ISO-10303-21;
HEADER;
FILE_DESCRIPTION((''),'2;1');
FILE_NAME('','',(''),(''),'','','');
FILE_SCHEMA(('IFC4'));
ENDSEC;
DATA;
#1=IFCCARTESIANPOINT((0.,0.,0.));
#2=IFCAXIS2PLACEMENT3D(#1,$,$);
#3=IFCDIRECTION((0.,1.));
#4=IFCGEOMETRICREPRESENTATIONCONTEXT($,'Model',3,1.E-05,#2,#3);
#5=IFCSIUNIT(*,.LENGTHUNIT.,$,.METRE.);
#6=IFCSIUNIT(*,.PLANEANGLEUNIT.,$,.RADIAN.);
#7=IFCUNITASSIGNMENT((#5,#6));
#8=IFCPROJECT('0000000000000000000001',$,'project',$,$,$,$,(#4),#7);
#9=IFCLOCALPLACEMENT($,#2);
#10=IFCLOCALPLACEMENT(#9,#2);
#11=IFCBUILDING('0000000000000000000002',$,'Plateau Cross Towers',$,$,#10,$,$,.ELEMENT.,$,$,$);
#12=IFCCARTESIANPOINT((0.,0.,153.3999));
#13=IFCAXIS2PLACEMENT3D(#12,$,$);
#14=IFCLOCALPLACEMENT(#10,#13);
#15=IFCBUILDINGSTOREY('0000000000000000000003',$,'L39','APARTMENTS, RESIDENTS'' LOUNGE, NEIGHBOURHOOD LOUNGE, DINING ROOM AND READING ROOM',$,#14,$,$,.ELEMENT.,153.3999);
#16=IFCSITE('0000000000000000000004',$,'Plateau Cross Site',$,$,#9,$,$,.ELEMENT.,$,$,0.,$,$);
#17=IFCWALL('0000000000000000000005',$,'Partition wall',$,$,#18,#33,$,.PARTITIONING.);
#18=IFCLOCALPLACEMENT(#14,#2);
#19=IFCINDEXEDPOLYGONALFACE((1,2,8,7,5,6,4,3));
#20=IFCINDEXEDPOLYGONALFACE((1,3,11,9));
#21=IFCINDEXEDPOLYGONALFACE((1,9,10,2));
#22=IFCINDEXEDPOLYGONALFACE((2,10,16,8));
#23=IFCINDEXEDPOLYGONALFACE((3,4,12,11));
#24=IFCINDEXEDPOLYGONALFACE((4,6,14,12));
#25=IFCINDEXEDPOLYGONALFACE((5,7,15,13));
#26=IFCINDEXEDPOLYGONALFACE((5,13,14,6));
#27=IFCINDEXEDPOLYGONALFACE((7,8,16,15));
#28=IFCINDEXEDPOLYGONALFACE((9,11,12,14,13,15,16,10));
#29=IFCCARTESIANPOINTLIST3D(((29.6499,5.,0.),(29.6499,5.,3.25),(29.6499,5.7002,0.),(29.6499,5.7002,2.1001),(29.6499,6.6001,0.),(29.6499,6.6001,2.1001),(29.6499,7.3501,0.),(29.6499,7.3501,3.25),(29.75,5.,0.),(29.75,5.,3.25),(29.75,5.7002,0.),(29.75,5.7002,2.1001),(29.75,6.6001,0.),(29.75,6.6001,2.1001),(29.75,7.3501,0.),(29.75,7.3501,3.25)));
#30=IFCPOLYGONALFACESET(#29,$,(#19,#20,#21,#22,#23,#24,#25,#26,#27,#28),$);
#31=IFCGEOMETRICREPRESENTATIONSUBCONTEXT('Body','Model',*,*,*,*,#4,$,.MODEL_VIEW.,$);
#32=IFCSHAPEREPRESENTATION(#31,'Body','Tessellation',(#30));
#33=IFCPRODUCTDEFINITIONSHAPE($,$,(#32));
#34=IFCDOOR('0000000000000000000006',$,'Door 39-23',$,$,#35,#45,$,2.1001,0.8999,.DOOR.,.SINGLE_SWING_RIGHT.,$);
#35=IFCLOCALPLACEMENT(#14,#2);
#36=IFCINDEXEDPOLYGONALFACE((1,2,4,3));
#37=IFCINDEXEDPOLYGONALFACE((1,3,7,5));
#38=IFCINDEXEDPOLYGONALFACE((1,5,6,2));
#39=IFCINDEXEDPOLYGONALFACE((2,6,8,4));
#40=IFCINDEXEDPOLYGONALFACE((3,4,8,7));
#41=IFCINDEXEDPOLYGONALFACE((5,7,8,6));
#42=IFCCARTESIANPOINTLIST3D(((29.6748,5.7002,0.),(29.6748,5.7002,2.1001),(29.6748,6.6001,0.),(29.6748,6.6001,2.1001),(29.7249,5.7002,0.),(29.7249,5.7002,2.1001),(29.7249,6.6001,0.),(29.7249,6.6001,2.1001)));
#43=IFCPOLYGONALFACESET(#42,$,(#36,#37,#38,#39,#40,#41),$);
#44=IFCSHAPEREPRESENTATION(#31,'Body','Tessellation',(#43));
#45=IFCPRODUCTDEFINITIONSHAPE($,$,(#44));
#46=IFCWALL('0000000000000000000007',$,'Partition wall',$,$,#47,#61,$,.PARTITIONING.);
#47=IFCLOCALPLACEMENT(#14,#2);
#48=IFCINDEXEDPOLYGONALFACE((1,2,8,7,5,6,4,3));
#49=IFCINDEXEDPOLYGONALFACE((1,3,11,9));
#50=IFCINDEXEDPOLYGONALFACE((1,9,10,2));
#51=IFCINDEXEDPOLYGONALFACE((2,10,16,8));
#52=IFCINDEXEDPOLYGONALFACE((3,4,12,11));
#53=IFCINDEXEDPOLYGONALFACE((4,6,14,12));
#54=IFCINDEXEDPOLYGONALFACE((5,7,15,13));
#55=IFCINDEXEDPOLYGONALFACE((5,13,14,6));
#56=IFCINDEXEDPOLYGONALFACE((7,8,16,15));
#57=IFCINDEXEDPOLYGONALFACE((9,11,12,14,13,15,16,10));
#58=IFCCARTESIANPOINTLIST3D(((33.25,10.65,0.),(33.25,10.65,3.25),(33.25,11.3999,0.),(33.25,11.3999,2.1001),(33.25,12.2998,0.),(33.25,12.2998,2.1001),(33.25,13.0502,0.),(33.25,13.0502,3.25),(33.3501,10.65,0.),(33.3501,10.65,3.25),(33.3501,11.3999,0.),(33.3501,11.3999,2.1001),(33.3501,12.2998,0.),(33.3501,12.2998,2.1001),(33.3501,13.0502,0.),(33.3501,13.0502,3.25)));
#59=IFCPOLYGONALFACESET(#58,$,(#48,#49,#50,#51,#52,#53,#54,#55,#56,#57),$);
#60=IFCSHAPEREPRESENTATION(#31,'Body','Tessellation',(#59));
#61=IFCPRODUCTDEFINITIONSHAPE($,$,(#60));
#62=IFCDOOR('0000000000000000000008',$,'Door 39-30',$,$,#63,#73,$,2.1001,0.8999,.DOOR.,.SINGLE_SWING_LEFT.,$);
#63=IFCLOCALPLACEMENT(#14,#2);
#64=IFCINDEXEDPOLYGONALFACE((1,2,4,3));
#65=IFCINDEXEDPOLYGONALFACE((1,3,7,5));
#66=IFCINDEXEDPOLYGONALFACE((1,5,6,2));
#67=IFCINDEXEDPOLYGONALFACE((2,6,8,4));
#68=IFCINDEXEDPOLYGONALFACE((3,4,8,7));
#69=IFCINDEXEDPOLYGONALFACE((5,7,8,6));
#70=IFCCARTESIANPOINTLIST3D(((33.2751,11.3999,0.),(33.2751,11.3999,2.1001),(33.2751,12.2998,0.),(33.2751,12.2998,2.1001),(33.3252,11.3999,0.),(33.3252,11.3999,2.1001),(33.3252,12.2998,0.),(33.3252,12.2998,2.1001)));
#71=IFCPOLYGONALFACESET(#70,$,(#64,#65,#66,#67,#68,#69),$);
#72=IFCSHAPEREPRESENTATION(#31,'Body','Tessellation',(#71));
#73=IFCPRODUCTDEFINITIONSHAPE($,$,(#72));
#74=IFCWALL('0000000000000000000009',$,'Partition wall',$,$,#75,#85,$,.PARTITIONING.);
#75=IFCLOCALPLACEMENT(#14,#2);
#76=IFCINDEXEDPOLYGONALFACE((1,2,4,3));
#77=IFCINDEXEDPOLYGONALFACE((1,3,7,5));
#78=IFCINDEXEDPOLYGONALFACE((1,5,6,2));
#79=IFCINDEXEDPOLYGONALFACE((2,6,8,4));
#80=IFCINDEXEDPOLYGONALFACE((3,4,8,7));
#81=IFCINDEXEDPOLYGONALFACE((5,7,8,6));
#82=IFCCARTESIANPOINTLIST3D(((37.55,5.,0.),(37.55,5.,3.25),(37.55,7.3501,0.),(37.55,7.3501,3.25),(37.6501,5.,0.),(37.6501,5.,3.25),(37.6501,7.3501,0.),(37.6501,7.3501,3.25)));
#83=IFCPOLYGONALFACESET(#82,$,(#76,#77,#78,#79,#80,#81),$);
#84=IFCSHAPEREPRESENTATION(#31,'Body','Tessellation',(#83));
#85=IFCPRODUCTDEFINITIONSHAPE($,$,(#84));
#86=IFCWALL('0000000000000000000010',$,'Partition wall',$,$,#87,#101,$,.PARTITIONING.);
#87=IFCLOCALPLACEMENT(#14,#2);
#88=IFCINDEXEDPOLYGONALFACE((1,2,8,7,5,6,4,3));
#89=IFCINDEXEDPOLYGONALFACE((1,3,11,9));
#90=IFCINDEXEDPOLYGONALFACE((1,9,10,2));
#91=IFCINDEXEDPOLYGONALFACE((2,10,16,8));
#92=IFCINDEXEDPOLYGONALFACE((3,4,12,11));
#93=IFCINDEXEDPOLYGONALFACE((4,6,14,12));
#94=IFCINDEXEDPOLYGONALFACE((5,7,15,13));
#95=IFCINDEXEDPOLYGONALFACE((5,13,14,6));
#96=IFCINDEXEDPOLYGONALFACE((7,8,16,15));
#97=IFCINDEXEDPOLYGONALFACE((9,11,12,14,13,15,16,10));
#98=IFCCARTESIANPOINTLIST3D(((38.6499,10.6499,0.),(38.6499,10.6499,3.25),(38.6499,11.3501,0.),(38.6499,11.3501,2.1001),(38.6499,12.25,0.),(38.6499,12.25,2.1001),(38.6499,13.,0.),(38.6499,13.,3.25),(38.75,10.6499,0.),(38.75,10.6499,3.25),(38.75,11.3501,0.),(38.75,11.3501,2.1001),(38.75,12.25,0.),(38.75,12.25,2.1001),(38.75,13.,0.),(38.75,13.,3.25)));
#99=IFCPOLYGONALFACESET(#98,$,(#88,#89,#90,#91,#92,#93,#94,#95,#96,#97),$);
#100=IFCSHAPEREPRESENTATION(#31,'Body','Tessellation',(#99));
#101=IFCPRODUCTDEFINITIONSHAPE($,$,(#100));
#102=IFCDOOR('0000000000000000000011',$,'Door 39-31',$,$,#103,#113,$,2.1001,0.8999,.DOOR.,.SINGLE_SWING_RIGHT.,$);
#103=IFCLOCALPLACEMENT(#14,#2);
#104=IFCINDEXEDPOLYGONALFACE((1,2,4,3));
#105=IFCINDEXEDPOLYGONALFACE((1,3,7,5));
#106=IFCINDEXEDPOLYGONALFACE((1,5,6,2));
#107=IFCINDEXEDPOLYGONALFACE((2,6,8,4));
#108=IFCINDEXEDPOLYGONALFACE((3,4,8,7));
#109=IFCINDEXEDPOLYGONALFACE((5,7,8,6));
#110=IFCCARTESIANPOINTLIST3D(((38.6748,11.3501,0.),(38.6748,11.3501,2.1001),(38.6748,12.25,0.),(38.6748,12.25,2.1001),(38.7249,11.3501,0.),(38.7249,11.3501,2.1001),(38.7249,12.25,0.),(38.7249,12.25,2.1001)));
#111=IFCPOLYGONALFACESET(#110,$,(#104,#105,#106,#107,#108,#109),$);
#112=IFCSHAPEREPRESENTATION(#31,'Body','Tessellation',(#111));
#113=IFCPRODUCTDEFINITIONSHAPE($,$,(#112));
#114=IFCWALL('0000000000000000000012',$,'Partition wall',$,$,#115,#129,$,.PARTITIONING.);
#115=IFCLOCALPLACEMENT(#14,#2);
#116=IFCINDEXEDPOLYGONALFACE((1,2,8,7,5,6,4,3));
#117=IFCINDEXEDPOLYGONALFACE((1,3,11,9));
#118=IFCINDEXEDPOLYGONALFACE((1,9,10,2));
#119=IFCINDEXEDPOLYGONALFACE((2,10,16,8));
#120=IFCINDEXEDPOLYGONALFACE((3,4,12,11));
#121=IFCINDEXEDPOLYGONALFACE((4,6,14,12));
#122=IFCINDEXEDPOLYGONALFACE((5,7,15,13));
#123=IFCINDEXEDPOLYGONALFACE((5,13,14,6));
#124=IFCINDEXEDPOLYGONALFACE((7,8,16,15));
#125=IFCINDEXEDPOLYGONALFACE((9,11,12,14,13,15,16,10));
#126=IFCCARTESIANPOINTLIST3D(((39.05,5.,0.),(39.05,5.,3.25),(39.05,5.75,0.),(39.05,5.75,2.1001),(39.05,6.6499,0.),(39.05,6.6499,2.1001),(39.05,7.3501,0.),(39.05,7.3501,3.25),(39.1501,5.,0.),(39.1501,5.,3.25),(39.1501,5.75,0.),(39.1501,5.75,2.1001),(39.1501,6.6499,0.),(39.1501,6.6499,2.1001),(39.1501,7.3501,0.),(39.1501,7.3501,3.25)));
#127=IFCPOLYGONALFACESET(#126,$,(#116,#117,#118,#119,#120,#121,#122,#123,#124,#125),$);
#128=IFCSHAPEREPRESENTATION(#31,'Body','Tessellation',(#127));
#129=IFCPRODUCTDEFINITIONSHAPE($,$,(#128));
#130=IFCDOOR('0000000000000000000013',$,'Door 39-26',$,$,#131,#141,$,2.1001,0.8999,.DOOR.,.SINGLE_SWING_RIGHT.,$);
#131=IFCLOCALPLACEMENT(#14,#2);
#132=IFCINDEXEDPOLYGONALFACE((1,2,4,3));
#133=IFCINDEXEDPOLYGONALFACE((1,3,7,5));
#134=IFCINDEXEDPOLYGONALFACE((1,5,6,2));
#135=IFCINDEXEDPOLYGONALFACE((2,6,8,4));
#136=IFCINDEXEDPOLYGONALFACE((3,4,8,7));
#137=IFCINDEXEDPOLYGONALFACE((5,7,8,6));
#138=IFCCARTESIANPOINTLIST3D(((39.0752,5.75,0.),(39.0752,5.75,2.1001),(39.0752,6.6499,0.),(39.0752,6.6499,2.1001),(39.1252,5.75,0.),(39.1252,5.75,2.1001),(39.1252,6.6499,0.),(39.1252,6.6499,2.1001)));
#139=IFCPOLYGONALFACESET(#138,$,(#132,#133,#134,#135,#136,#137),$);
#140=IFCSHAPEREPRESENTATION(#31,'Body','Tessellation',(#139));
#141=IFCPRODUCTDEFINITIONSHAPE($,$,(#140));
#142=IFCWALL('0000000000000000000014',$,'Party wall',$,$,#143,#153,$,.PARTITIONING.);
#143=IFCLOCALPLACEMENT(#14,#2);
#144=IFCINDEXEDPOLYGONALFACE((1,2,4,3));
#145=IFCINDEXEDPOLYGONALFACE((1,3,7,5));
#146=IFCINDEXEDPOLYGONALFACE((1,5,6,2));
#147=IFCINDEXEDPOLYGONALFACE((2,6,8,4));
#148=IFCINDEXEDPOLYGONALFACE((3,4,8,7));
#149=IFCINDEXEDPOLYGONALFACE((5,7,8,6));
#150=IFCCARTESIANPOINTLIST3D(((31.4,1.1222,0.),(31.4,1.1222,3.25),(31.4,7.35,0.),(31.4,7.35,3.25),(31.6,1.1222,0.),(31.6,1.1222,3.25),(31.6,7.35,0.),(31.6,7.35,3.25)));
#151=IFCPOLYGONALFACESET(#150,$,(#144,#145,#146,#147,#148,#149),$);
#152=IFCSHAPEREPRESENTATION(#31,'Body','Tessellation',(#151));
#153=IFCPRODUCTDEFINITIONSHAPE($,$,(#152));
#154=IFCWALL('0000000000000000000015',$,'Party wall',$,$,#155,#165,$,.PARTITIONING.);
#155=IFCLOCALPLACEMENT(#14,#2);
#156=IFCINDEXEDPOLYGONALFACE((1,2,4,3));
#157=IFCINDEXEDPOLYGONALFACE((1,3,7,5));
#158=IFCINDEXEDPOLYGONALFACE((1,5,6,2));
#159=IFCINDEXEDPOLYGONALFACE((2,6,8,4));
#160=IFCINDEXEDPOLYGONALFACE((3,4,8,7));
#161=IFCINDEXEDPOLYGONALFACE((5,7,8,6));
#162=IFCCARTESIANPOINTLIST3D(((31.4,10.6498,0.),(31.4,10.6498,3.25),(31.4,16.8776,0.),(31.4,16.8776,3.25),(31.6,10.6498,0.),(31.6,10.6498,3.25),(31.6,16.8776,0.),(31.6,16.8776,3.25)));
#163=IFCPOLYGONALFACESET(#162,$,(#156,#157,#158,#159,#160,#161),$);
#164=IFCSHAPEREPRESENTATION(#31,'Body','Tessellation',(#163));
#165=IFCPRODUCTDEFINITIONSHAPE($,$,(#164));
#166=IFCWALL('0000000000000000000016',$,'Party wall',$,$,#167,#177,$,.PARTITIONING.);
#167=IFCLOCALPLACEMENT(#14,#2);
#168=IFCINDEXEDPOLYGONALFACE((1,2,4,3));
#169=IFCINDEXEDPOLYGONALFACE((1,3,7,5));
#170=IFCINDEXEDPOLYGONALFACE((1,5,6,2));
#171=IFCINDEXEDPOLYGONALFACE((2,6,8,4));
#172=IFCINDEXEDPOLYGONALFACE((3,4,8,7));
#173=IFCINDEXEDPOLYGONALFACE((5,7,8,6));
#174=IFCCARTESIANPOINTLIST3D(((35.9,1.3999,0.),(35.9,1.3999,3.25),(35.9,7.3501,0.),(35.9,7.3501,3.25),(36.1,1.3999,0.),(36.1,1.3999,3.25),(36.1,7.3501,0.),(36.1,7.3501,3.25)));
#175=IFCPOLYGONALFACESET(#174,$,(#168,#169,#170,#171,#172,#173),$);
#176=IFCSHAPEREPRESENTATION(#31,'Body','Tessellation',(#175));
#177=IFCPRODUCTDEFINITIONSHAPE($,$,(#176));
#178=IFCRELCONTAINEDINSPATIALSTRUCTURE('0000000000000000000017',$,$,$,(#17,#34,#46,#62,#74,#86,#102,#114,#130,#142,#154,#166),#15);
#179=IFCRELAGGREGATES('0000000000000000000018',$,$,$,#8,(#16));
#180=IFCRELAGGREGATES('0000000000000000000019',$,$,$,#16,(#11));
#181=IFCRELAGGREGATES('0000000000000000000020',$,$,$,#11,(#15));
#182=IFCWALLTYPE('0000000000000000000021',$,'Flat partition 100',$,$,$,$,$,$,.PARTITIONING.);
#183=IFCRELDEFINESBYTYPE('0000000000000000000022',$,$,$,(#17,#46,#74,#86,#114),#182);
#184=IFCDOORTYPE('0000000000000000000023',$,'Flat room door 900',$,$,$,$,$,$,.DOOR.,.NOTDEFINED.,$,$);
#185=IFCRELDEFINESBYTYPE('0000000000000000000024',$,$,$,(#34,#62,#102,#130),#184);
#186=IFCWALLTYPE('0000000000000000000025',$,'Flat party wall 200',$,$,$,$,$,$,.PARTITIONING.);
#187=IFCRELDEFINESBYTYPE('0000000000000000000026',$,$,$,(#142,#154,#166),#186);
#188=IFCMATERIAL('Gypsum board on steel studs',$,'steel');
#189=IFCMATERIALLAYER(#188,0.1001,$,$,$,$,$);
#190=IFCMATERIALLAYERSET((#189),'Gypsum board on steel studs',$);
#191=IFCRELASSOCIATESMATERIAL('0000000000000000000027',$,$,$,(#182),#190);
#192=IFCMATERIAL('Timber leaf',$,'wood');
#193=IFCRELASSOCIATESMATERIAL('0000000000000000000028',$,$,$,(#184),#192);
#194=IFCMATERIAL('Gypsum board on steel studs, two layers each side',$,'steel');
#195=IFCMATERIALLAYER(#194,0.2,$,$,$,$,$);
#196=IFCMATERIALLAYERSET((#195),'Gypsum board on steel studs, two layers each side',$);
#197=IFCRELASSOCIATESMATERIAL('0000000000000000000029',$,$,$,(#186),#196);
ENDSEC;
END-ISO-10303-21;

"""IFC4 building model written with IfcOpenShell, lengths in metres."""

from ifc_helpers import new_model, si_unit, direction, frame, frame_2d, origin, place, context, subcontext, project, spatial, rectangle, extrude, material, layer, layer_set, type_object, element, fill, save


model = new_model("IFC4")

# Units and contexts
model_context = context("Model", 3, precision=1e-05, world=origin(), true_north=direction((0.0, 1.0)))
body_context = subcontext(model_context, "Body", "Model", "MODEL_VIEW")
ifc_project = project(units=[si_unit("LENGTHUNIT", "METRE"), si_unit("PLANEANGLEUNIT", "RADIAN")], contexts=[model_context])

# Site, building, storey
site_placement = place(None, origin())
site = spatial("IfcSite", under=ifc_project, at=site_placement, Name="Plateau Cross Site", CompositionType="ELEMENT", RefElevation=0.0)
building_placement = place(site_placement, origin())
building = spatial("IfcBuilding", under=site, at=building_placement, Name="Plateau Cross Towers", CompositionType="ELEMENT")
storey_placement = place(building_placement, frame((0.0, 0.0, 153.3999)))
storey = spatial("IfcBuildingStorey", under=building, at=storey_placement, Name="L39", Description="APARTMENTS, RESIDENTS' LOUNGE, NEIGHBOURHOOD LOUNGE, DINING ROOM AND READING ROOM", CompositionType="ELEMENT", Elevation=153.3999)

# Shared definitions
ifc_material_1 = material(Name="Gypsum board on steel studs", Category="steel")
ifc_layer_1 = layer(ifc_material_1, 0.1001)
ifc_layer_set_1 = layer_set([ifc_layer_1], Name="Gypsum board on steel studs")
wall_type_1 = type_object("IfcWallType", Name="Flat partition 100", PredefinedType="PARTITIONING", material=ifc_layer_set_1)

# Shared definitions
ifc_material_2 = material(Name="Timber leaf", Category="wood")
door_type_1 = type_object("IfcDoorType", Name="Flat room door 900", OperationType="NOTDEFINED", PredefinedType="DOOR", material=ifc_material_2)

# Walls, openings, doors
wall_1_placement = place(storey_placement, frame((29.7, 7.3501, 0.0), z_axis=(0.0, 0.0, 1.0), x_axis=(0.0, -1.0, 0.0)))
wall_1 = element("IfcWall", 1, at=wall_1_placement, inside=storey, type_object=wall_type_1, Name="Partition wall", PredefinedType="PARTITIONING", context=body_context, shape_type="SweptSolid", body=[
    extrude(rectangle(XDim=2.3501, YDim=0.1001, at=frame_2d((1.175, 0.0))), origin(), (0.0, 0.0, 1.0), 3.25),
])
opening_1_placement = place(wall_1_placement, frame((0.75, 0.0, 0.0)))
opening_1 = element("IfcOpeningElement", 2, at=opening_1_placement, cuts=wall_1, PredefinedType="OPENING", context=body_context, shape_type="SweptSolid", body=[
    extrude(rectangle(XDim=0.8999, YDim=2.1001, at=frame_2d((0.45, 1.05))), frame((0.0, 0.0601, 0.0), z_axis=(0.0, -1.0, 0.0), x_axis=(1.0, 0.0, 0.0)), (0.0, 0.0, 1.0), 0.1201),
])
door_1_placement = place(opening_1_placement, origin())
door_1 = element("IfcDoor", 3, at=door_1_placement, inside=storey, type_object=door_type_1, Name="Door 39-23", OperationType="SINGLE_SWING_RIGHT", OverallHeight=2.1001, OverallWidth=0.8999, PredefinedType="DOOR", context=body_context, shape_type="SweptSolid", body=[
    extrude(rectangle(XDim=0.8999, YDim=2.1001, at=frame_2d((0.45, 1.05))), frame((0.0, 0.0249, 0.0), z_axis=(0.0, -1.0, 0.0), x_axis=(1.0, 0.0, 0.0)), (0.0, 0.0, 1.0), 0.05),
])
fill(opening_1, door_1)
wall_2_placement = place(storey_placement, frame((33.3, 10.6499, 0.0), z_axis=(0.0, 0.0, 1.0), x_axis=(0.0, 1.0, 0.0)))
wall_2 = element("IfcWall", 4, at=wall_2_placement, inside=storey, type_object=wall_type_1, Name="Partition wall", PredefinedType="PARTITIONING", context=body_context, shape_type="SweptSolid", body=[
    extrude(rectangle(XDim=2.4001, YDim=0.1001, at=frame_2d((1.2002, 0.0))), origin(), (0.0, 0.0, 1.0), 3.25),
])
opening_2_placement = place(wall_2_placement, frame((0.75, 0.0, 0.0)))
opening_2 = element("IfcOpeningElement", 5, at=opening_2_placement, cuts=wall_2, PredefinedType="OPENING", context=body_context, shape_type="SweptSolid", body=[
    extrude(rectangle(XDim=0.8999, YDim=2.1001, at=frame_2d((0.45, 1.05))), frame((0.0, 0.0601, 0.0), z_axis=(0.0, -1.0, 0.0), x_axis=(1.0, 0.0, 0.0)), (0.0, 0.0, 1.0), 0.1201),
])
door_2_placement = place(opening_2_placement, origin())
door_2 = element("IfcDoor", 6, at=door_2_placement, inside=storey, type_object=door_type_1, Name="Door 39-30", OperationType="SINGLE_SWING_LEFT", OverallHeight=2.1001, OverallWidth=0.8999, PredefinedType="DOOR", context=body_context, shape_type="SweptSolid", body=[
    extrude(rectangle(XDim=0.8999, YDim=2.1001, at=frame_2d((0.45, 1.05))), frame((0.0, 0.0249, 0.0), z_axis=(0.0, -1.0, 0.0), x_axis=(1.0, 0.0, 0.0)), (0.0, 0.0, 1.0), 0.05),
])
fill(opening_2, door_2)

# Wall
wall_3_placement = place(storey_placement, frame((37.6001, 5.0, 0.0), z_axis=(0.0, 0.0, 1.0), x_axis=(0.0, 1.0, 0.0)))
element("IfcWall", 7, at=wall_3_placement, inside=storey, type_object=wall_type_1, Name="Partition wall", PredefinedType="PARTITIONING", context=body_context, shape_type="SweptSolid", body=[
    extrude(rectangle(XDim=2.3501, YDim=0.1001, at=frame_2d((1.175, 0.0))), origin(), (0.0, 0.0, 1.0), 3.25),
])

# Walls, openings, doors
wall_4_placement = place(storey_placement, frame((38.7, 13.0, 0.0), z_axis=(0.0, 0.0, 1.0), x_axis=(0.0, -1.0, 0.0)))
wall_4 = element("IfcWall", 8, at=wall_4_placement, inside=storey, type_object=wall_type_1, Name="Partition wall", PredefinedType="PARTITIONING", context=body_context, shape_type="SweptSolid", body=[
    extrude(rectangle(XDim=2.3501, YDim=0.1001, at=frame_2d((1.175, 0.0))), origin(), (0.0, 0.0, 1.0), 3.25),
])
opening_3_placement = place(wall_4_placement, frame((0.75, 0.0, 0.0)))
opening_3 = element("IfcOpeningElement", 9, at=opening_3_placement, cuts=wall_4, PredefinedType="OPENING", context=body_context, shape_type="SweptSolid", body=[
    extrude(rectangle(XDim=0.8999, YDim=2.1001, at=frame_2d((0.45, 1.05))), frame((0.0, 0.0601, 0.0), z_axis=(0.0, -1.0, 0.0), x_axis=(1.0, 0.0, 0.0)), (0.0, 0.0, 1.0), 0.1201),
])
door_3_placement = place(opening_3_placement, origin())
door_3 = element("IfcDoor", 10, at=door_3_placement, inside=storey, type_object=door_type_1, Name="Door 39-31", OperationType="SINGLE_SWING_RIGHT", OverallHeight=2.1001, OverallWidth=0.8999, PredefinedType="DOOR", context=body_context, shape_type="SweptSolid", body=[
    extrude(rectangle(XDim=0.8999, YDim=2.1001, at=frame_2d((0.45, 1.05))), frame((0.0, 0.0249, 0.0), z_axis=(0.0, -1.0, 0.0), x_axis=(1.0, 0.0, 0.0)), (0.0, 0.0, 1.0), 0.05),
])
fill(opening_3, door_3)
wall_5_placement = place(storey_placement, frame((39.1001, 5.0, 0.0), z_axis=(0.0, 0.0, 1.0), x_axis=(0.0, 1.0, 0.0)))
wall_5 = element("IfcWall", 11, at=wall_5_placement, inside=storey, type_object=wall_type_1, Name="Partition wall", PredefinedType="PARTITIONING", context=body_context, shape_type="SweptSolid", body=[
    extrude(rectangle(XDim=2.3501, YDim=0.1001, at=frame_2d((1.175, 0.0))), origin(), (0.0, 0.0, 1.0), 3.25),
])
opening_4_placement = place(wall_5_placement, frame((0.75, 0.0, 0.0)))
opening_4 = element("IfcOpeningElement", 12, at=opening_4_placement, cuts=wall_5, PredefinedType="OPENING", context=body_context, shape_type="SweptSolid", body=[
    extrude(rectangle(XDim=0.8999, YDim=2.1001, at=frame_2d((0.45, 1.05))), frame((0.0, 0.0601, 0.0), z_axis=(0.0, -1.0, 0.0), x_axis=(1.0, 0.0, 0.0)), (0.0, 0.0, 1.0), 0.1201),
])
door_4_placement = place(opening_4_placement, origin())
door_4 = element("IfcDoor", 13, at=door_4_placement, inside=storey, type_object=door_type_1, Name="Door 39-26", OperationType="SINGLE_SWING_RIGHT", OverallHeight=2.1001, OverallWidth=0.8999, PredefinedType="DOOR", context=body_context, shape_type="SweptSolid", body=[
    extrude(rectangle(XDim=0.8999, YDim=2.1001, at=frame_2d((0.45, 1.05))), frame((0.0, 0.0249, 0.0), z_axis=(0.0, -1.0, 0.0), x_axis=(1.0, 0.0, 0.0)), (0.0, 0.0, 1.0), 0.05),
])
fill(opening_4, door_4)

# Walls
ifc_material_3 = material(Name="Gypsum board on steel studs, two layers each side", Category="steel")
ifc_layer_2 = layer(ifc_material_3, 0.2)
ifc_layer_set_2 = layer_set([ifc_layer_2], Name="Gypsum board on steel studs, two layers each side")
wall_type_2 = type_object("IfcWallType", Name="Flat party wall 200", PredefinedType="PARTITIONING", material=ifc_layer_set_2)
for number, where, z_axis, x_axis, name in (
    (14, (31.5, 1.1223, 0.0), (0.0, 0.0, 1.0), (0.0, 1.0, 0.0), "Party wall"),
    (15, (31.5, 10.6499, 0.0), (0.0, 0.0, 1.0), (0.0, 1.0, 0.0), "Party wall"),
):
    element("IfcWall", number, at=place(storey_placement, frame(where, z_axis=z_axis, x_axis=x_axis)), inside=storey, type_object=wall_type_2, Name=name, PredefinedType="PARTITIONING", context=body_context, shape_type="SweptSolid", body=[
        extrude(rectangle(XDim=6.2278, YDim=0.2, at=frame_2d((3.1138, 0.0))), origin(), (0.0, 0.0, 1.0), 3.25),
    ])
wall_6_placement = place(storey_placement, frame((36.0, 1.3999, 0.0), z_axis=(0.0, 0.0, 1.0), x_axis=(0.0, 1.0, 0.0)))
element("IfcWall", 16, at=wall_6_placement, inside=storey, type_object=wall_type_2, Name="Party wall", PredefinedType="PARTITIONING", context=body_context, shape_type="SweptSolid", body=[
    extrude(rectangle(XDim=5.9502, YDim=0.2, at=frame_2d((2.9751, 0.0))), origin(), (0.0, 0.0, 1.0), 3.25),
])

save(model, "model.ifc")
